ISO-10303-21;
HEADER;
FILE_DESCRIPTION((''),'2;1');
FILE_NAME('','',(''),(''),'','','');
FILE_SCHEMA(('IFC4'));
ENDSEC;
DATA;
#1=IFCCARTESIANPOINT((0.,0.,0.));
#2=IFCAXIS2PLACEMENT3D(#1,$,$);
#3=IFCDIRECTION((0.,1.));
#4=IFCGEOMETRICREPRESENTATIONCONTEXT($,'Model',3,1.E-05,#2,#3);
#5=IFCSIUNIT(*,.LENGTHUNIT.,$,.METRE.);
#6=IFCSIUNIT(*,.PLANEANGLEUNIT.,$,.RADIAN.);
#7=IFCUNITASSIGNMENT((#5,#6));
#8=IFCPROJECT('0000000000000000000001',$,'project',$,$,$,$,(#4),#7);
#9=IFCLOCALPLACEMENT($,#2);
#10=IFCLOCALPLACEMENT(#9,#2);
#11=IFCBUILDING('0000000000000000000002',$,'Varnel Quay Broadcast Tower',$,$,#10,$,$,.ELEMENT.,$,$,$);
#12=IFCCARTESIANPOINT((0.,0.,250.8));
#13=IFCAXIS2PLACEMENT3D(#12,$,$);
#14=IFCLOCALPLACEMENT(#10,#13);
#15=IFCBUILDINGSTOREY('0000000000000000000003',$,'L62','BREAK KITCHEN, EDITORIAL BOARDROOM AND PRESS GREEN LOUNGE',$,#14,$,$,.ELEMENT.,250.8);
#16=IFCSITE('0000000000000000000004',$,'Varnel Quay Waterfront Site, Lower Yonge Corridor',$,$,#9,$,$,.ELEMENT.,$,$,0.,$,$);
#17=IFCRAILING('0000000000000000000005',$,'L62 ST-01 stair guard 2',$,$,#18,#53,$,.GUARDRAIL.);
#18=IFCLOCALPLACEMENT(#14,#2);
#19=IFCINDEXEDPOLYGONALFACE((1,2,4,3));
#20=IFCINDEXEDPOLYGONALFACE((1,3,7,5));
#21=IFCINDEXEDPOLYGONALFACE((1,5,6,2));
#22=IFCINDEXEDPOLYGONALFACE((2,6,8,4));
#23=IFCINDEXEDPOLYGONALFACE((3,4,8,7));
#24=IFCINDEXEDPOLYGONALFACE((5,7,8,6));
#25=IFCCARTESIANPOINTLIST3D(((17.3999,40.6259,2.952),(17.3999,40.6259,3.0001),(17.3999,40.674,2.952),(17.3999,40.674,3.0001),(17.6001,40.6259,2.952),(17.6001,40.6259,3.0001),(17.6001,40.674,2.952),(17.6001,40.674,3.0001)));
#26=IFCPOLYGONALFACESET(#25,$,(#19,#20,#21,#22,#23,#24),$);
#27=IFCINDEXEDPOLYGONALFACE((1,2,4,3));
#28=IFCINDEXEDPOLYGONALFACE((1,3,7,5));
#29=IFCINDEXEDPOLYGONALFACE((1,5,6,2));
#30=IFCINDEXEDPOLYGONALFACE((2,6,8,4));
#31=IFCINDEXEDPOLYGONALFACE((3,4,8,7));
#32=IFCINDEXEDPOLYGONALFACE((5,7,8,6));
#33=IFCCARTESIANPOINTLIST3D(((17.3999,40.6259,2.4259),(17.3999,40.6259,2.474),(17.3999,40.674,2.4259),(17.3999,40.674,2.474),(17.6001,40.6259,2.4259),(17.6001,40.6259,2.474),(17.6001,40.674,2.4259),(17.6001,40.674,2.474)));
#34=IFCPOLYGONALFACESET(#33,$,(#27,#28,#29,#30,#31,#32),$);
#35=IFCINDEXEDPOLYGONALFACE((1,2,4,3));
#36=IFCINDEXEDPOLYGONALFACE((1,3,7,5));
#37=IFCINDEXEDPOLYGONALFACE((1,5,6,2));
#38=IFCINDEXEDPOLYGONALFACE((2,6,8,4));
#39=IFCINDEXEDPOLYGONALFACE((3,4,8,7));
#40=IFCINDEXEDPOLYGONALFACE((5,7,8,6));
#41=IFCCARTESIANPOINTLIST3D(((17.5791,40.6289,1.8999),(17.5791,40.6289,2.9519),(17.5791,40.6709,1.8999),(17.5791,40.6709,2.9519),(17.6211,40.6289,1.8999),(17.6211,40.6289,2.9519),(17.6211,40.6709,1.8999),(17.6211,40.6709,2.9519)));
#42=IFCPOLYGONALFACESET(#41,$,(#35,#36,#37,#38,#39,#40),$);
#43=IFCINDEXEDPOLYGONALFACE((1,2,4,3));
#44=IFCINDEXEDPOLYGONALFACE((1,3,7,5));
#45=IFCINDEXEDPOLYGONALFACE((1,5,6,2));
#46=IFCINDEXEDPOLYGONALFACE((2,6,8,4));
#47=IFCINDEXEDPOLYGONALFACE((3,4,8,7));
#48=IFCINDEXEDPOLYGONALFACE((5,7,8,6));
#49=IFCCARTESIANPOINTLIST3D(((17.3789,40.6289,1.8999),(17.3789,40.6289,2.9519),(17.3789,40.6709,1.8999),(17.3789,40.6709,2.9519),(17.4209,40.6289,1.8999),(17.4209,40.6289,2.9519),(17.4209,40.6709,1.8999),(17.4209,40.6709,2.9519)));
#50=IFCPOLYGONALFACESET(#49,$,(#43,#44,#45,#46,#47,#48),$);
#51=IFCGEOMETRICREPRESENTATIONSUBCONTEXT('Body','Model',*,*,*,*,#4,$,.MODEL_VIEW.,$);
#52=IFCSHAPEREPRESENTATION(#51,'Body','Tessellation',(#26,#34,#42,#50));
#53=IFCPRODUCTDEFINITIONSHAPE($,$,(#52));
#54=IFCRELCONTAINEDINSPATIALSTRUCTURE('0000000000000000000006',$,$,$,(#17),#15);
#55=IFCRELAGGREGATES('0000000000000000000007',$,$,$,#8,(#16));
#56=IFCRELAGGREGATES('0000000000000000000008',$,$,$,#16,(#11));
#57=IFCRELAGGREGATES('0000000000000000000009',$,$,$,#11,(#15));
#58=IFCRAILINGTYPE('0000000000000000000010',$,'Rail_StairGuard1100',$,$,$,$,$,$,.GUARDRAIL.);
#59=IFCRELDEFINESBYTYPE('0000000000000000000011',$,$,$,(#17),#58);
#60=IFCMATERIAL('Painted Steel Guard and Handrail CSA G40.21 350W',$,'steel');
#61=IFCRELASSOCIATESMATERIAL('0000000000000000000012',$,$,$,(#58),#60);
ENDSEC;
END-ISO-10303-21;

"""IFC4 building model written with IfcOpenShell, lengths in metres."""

from ifc_helpers import new_model, si_unit, direction, frame, origin, origin_2d, place, context, subcontext, project, spatial, rectangle, extrude, material, type_object, element, save


model = new_model("IFC4")

# Units and contexts
model_context = context("Model", 3, precision=1e-05, world=origin(), true_north=direction((0.0, 1.0)))
body_context = subcontext(model_context, "Body", "Model", "MODEL_VIEW")
ifc_project = project(units=[si_unit("LENGTHUNIT", "METRE"), si_unit("PLANEANGLEUNIT", "RADIAN")], contexts=[model_context])

# Site, building, storey
site_placement = place(None, origin())
site = spatial("IfcSite", under=ifc_project, at=site_placement, Name="Varnel Quay Waterfront Site, Lower Yonge Corridor", CompositionType="ELEMENT", RefElevation=0.0)
building_placement = place(site_placement, origin())
building = spatial("IfcBuilding", under=site, at=building_placement, Name="Varnel Quay Broadcast Tower", CompositionType="ELEMENT")
storey_placement = place(building_placement, frame((0.0, 0.0, 250.8)))
storey = spatial("IfcBuildingStorey", under=building, at=storey_placement, Name="L62", Description="BREAK KITCHEN, EDITORIAL BOARDROOM AND PRESS GREEN LOUNGE", CompositionType="ELEMENT", Elevation=250.8)

# Railing
ifc_material_1 = material(Name="Painted Steel Guard and Handrail CSA G40.21 350W", Category="steel")
railing_type = type_object("IfcRailingType", Name="Rail_StairGuard1100", PredefinedType="GUARDRAIL", material=ifc_material_1)
railing_placement = place(storey_placement, frame((17.6001, 40.6499, 1.8999)))
element("IfcRailing", 1, at=railing_placement, inside=storey, type_object=railing_type, Name="L62 ST-01 stair guard 2", PredefinedType="GUARDRAIL", context=body_context, shape_type="SweptSolid", body=[
    extrude(rectangle(XDim=0.0481, YDim=0.0481, at=origin_2d()), frame((0.0, 0.0, 1.0762), z_axis=(-1.0, 0.0, 0.0), x_axis=(0.0, -1.0, 0.0)), (0.0, 0.0, 1.0), 0.2002),
    extrude(rectangle(XDim=0.0481, YDim=0.0481, at=origin_2d()), frame((0.0, 0.0, 0.55), z_axis=(-1.0, 0.0, 0.0), x_axis=(0.0, -1.0, 0.0)), (0.0, 0.0, 1.0), 0.2002),
    extrude(rectangle(XDim=0.042, YDim=0.042, at=origin_2d()), origin(), (0.0, 0.0, 1.0), 1.052),
    extrude(rectangle(XDim=0.042, YDim=0.042, at=origin_2d()), frame((-0.2002, 0.0, 0.0)), (0.0, 0.0, 1.0), 1.052),
])

save(model, "model.ifc")
